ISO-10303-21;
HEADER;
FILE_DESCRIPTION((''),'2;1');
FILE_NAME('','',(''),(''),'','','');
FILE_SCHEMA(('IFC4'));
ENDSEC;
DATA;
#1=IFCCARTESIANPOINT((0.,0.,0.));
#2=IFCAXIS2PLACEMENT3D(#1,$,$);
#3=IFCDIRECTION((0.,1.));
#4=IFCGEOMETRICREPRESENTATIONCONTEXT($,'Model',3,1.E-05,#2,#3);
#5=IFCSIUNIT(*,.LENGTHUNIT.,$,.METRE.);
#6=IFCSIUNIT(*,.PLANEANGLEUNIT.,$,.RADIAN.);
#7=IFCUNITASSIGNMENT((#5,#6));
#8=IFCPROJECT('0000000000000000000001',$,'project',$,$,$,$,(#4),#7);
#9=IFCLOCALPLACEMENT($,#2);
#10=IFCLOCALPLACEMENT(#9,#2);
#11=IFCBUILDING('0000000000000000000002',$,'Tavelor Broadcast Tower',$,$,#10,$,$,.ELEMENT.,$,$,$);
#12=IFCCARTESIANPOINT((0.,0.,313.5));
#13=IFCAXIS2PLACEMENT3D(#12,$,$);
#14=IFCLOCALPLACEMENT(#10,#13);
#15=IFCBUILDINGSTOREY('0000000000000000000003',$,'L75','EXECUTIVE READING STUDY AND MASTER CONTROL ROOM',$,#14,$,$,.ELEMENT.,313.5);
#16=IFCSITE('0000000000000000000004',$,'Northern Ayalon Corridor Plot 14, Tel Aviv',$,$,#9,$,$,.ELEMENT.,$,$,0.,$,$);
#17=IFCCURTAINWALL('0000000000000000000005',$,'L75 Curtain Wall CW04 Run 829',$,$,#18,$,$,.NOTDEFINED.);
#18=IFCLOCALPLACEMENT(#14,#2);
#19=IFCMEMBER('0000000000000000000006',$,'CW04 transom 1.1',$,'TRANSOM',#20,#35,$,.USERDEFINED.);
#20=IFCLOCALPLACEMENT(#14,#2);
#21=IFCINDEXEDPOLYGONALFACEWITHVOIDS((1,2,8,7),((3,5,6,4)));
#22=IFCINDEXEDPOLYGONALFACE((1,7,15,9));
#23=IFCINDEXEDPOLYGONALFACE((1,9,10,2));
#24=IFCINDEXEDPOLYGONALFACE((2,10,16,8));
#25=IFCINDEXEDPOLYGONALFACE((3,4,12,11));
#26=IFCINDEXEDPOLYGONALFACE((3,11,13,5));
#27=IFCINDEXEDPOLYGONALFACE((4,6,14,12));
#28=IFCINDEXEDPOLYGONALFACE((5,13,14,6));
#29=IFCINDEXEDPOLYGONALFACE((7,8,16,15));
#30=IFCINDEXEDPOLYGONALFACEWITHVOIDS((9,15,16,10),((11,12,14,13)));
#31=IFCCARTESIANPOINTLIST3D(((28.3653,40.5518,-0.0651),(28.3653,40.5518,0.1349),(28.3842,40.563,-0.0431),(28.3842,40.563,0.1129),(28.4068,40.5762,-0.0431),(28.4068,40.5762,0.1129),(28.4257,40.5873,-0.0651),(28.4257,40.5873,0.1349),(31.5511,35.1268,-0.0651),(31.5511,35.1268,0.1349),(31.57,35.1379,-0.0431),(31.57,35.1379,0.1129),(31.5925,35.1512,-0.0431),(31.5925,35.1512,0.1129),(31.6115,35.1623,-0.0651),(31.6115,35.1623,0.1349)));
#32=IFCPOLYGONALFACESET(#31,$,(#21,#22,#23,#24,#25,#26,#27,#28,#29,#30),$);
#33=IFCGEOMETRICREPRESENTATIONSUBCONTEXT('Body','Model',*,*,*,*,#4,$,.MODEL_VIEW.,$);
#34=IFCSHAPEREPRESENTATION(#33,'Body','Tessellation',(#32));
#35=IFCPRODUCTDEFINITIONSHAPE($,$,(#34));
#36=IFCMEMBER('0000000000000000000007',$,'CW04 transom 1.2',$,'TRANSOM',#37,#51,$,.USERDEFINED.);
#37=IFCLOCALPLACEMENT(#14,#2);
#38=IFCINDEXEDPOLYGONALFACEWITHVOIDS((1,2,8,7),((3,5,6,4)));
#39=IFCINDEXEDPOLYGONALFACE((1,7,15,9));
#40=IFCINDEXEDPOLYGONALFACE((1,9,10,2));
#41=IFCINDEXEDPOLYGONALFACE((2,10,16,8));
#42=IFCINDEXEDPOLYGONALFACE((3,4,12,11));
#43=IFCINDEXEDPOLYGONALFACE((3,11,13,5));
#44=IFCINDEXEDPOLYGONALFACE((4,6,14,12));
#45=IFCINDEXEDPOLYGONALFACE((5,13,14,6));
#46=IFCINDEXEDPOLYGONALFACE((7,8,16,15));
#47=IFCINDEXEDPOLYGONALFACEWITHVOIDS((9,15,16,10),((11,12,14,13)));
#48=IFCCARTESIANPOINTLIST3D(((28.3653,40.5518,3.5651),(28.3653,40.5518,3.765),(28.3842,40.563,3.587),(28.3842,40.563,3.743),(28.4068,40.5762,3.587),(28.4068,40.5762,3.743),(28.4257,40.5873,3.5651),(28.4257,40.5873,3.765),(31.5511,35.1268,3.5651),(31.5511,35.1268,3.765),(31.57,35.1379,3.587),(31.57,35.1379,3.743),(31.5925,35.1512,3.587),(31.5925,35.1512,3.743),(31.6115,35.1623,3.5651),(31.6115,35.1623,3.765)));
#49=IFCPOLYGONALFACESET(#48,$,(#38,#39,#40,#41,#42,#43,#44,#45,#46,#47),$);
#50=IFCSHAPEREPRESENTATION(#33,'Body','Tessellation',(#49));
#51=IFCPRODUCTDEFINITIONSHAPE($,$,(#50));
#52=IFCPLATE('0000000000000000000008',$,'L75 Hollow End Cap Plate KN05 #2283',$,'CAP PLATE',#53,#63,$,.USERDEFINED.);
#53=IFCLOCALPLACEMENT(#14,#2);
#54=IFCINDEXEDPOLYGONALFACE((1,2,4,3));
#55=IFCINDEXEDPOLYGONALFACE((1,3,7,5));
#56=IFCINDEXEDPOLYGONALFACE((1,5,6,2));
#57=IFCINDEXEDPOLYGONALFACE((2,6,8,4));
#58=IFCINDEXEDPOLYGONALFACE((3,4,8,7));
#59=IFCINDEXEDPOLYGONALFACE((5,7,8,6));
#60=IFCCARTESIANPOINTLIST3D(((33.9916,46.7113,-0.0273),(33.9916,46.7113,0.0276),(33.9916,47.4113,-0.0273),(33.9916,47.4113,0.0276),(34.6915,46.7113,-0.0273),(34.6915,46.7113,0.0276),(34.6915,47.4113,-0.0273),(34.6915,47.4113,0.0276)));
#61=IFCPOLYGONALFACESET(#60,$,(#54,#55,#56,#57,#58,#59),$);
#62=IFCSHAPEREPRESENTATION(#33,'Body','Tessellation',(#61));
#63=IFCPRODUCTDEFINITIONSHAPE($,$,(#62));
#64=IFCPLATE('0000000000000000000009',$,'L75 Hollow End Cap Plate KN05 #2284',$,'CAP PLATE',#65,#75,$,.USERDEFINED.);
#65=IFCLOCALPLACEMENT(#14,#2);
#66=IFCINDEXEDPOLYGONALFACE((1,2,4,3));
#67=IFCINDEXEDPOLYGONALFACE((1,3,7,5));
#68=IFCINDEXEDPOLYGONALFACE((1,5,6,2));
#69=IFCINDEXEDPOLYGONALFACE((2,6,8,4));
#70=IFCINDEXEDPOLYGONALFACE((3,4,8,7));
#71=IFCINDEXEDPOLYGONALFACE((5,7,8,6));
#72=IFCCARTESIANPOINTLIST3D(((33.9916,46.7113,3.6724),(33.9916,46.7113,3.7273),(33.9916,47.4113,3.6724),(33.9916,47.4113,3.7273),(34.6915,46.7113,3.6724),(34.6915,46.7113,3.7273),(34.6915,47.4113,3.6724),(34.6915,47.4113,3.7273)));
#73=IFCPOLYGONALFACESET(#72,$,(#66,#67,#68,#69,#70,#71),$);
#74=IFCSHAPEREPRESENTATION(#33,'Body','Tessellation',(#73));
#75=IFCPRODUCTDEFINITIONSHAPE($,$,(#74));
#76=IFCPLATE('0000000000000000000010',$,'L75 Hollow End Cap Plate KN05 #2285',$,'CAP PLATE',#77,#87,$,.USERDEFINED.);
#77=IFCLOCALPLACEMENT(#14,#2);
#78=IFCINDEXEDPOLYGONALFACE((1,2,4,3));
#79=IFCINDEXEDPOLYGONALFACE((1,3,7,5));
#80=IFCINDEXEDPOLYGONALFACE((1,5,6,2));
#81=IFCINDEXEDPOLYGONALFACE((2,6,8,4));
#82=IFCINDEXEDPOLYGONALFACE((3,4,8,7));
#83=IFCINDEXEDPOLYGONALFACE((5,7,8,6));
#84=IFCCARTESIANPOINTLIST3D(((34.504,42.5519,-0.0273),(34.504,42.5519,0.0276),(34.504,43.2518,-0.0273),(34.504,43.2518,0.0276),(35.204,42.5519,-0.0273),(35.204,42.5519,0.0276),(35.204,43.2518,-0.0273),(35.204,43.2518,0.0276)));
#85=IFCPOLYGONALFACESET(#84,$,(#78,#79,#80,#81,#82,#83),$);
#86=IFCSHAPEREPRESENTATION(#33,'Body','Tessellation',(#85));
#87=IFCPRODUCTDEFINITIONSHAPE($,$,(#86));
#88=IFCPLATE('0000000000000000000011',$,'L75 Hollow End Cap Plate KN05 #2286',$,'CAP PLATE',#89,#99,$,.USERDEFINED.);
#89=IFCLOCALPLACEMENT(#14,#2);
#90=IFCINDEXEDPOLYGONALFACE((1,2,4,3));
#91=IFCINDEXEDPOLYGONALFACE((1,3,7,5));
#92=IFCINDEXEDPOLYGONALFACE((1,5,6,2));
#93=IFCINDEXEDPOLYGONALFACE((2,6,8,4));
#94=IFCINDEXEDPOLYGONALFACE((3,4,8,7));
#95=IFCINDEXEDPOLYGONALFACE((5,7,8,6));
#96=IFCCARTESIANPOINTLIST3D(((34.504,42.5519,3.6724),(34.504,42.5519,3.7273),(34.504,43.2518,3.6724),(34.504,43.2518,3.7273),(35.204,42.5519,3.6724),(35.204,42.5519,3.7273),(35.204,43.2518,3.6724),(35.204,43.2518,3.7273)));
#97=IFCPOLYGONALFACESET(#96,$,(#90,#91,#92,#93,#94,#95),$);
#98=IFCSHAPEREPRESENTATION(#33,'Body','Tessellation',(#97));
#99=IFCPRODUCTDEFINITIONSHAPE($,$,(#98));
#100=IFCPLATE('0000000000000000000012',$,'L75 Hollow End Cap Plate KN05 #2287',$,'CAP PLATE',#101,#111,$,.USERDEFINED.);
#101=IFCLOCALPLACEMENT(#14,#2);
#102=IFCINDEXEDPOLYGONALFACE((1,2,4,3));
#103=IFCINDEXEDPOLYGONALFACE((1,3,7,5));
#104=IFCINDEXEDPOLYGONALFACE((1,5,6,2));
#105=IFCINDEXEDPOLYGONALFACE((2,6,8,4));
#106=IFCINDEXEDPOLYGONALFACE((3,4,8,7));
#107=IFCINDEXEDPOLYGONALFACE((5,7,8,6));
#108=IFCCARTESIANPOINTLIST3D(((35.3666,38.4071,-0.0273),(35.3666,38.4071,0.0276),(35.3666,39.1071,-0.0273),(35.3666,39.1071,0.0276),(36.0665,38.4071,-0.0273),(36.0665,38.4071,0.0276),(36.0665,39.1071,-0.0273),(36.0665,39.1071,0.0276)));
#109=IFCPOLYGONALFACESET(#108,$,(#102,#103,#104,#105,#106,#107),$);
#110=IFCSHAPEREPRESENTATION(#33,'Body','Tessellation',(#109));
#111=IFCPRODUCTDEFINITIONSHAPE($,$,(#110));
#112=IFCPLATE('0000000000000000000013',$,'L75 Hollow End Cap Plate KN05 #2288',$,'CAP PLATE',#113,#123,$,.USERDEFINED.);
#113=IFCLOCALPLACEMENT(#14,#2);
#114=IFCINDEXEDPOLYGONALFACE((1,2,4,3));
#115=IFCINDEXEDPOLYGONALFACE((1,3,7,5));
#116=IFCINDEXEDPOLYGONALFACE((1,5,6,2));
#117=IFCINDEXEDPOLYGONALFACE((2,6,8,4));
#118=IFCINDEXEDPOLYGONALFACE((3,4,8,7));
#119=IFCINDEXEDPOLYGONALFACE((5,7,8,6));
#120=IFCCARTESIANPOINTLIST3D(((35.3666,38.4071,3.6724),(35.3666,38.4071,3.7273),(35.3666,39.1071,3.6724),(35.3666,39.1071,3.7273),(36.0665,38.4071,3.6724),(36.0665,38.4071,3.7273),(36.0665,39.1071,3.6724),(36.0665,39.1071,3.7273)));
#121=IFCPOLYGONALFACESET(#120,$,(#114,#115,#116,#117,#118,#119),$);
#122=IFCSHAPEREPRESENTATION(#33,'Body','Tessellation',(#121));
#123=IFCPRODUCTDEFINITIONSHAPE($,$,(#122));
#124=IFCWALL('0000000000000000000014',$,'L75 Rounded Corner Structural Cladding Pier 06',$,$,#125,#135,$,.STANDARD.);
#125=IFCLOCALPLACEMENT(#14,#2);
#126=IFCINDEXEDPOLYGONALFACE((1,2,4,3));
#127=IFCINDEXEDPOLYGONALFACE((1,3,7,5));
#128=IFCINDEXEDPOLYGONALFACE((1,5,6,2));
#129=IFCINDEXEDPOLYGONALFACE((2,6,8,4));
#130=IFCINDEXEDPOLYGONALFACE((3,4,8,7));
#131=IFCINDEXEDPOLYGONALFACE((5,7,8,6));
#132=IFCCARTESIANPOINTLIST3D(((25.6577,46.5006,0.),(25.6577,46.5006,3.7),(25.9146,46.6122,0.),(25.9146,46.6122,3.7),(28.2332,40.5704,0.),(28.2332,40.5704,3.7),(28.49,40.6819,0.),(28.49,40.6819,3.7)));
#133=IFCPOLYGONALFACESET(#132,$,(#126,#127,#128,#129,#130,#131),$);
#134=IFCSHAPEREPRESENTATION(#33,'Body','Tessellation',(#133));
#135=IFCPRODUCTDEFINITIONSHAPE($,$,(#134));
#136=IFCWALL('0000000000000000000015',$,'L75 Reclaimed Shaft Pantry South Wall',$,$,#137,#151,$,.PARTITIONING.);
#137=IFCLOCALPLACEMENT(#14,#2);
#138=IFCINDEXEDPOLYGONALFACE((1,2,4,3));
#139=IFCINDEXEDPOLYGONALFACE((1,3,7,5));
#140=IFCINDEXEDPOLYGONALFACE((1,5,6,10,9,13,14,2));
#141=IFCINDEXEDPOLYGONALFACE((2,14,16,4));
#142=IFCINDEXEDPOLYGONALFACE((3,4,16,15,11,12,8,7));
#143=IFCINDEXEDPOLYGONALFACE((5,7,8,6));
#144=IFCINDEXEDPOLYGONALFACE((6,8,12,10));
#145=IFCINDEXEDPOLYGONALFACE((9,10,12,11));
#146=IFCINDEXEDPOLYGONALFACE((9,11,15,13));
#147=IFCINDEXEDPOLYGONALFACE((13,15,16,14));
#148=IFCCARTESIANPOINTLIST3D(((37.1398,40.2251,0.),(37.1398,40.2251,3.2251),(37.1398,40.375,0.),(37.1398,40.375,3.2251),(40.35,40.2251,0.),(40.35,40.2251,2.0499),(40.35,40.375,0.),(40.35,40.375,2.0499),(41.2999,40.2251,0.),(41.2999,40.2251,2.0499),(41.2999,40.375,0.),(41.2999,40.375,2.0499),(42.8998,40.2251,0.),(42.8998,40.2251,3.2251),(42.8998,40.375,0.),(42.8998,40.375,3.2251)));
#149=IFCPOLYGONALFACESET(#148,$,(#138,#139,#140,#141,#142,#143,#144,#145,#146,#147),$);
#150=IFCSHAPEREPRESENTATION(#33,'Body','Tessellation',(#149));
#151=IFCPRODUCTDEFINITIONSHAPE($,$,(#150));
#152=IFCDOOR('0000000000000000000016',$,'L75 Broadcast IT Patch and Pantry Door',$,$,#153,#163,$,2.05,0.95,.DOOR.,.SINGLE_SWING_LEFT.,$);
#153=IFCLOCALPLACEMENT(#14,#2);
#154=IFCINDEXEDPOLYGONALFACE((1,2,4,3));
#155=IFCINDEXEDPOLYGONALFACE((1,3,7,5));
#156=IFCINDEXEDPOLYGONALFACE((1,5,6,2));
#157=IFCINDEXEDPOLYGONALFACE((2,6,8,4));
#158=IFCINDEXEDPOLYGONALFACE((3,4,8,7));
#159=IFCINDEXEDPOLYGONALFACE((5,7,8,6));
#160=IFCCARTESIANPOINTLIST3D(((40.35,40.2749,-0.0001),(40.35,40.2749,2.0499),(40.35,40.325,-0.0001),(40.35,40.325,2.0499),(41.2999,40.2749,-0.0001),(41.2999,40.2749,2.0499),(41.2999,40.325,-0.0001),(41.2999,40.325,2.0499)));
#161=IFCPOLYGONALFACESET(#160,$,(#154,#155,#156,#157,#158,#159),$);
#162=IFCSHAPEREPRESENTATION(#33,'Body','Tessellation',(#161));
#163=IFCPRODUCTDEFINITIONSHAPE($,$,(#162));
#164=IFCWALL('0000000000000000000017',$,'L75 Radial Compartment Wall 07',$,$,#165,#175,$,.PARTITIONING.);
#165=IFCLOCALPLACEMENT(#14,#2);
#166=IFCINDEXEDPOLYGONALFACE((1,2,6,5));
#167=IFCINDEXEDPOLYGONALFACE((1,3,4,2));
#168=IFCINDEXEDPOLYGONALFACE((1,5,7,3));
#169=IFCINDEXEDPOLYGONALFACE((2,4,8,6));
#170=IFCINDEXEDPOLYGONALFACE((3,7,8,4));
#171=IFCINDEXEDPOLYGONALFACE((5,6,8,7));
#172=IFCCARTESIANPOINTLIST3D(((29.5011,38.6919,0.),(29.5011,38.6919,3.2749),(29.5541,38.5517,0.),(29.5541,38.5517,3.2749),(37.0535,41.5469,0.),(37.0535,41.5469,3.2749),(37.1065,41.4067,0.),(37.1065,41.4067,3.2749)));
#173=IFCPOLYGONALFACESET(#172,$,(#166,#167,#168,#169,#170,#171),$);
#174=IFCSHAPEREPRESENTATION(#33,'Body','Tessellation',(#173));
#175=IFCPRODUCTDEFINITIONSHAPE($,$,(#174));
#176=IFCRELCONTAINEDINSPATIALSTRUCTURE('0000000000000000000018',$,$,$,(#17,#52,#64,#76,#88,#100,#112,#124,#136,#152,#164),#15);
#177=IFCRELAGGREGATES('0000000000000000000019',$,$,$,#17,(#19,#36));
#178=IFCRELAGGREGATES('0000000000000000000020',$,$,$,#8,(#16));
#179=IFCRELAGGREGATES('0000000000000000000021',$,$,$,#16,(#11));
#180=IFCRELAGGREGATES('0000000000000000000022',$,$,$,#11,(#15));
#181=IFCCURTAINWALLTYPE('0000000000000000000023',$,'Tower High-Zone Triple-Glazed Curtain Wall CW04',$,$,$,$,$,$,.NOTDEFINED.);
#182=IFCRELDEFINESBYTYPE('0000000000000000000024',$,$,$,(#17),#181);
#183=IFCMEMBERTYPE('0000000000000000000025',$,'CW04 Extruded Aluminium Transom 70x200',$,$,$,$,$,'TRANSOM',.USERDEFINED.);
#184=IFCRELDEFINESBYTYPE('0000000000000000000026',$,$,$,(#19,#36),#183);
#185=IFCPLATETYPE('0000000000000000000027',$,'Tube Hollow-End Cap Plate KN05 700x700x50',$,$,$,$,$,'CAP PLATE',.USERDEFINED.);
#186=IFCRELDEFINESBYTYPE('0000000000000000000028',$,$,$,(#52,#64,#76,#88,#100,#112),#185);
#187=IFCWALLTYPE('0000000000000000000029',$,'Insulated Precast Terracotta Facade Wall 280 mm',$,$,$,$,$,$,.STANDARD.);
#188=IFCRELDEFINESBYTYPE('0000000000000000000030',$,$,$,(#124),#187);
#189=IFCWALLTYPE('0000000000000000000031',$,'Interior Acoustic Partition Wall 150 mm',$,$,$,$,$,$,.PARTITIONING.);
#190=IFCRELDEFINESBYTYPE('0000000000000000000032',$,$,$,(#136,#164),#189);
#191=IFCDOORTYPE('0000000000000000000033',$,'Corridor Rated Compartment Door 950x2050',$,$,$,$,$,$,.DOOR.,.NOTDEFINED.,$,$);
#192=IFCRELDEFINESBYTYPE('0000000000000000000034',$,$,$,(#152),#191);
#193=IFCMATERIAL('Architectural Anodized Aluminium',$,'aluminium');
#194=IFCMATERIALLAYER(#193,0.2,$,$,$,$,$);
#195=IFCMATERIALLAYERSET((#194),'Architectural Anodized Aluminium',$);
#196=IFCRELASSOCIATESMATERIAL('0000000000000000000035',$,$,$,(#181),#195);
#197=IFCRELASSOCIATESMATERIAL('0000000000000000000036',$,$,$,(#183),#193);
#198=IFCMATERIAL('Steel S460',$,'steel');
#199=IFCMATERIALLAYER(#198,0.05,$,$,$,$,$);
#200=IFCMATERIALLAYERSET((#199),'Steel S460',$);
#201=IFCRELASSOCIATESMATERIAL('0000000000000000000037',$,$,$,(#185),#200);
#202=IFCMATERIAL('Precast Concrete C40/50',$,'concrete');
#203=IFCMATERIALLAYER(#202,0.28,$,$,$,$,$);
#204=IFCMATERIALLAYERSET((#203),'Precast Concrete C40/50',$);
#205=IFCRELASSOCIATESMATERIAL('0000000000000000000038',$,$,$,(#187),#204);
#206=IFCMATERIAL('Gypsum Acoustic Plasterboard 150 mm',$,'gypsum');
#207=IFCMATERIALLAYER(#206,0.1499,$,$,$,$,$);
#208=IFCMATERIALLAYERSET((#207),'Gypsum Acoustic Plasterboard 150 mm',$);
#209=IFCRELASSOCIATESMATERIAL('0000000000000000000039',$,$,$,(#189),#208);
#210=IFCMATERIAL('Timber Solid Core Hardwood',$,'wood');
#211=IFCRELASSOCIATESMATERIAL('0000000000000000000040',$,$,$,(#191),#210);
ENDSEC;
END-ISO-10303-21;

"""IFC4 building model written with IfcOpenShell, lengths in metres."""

from ifc_helpers import new_model, si_unit, direction, frame, frame_2d, origin, origin_2d, place, context, subcontext, project, spatial, rectangle, hollow_rectangle, extrude, source, transform, mapped, material, layer, layer_set, material_profile, profile_set, type_object, type_shapes, element, fill, aggregate, save


model = new_model("IFC4")

# Units and contexts
model_context = context("Model", 3, precision=1e-05, world=origin(), true_north=direction((0.0, 1.0)))
body_context = subcontext(model_context, "Body", "Model", "MODEL_VIEW")
ifc_project = project(units=[si_unit("LENGTHUNIT", "METRE"), si_unit("PLANEANGLEUNIT", "RADIAN")], contexts=[model_context])

# Site, building, storey
site_placement = place(None, origin())
site = spatial("IfcSite", under=ifc_project, at=site_placement, Name="Northern Ayalon Corridor Plot 14, Tel Aviv", CompositionType="ELEMENT", RefElevation=0.0)
building_placement = place(site_placement, origin())
building = spatial("IfcBuilding", under=site, at=building_placement, Name="Tavelor Broadcast Tower", CompositionType="ELEMENT")
storey_placement = place(building_placement, frame((0.0, 0.0, 313.5)))
storey = spatial("IfcBuildingStorey", under=building, at=storey_placement, Name="L75", Description="EXECUTIVE READING STUDY AND MASTER CONTROL ROOM", CompositionType="ELEMENT", Elevation=313.5)

# Shared definitions
ifc_material_1 = material(Name="Steel S460", Category="steel")

# Curtain wall, members
ifc_material_2 = material(Name="Architectural Anodized Aluminium", Category="aluminium")
ifc_layer_1 = layer(ifc_material_2, 0.2)
ifc_layer_set_1 = layer_set([ifc_layer_1], Name="Architectural Anodized Aluminium")
curtain_wall_type = type_object("IfcCurtainWallType", Name="Tower High-Zone Triple-Glazed Curtain Wall CW04", PredefinedType="NOTDEFINED", material=ifc_layer_set_1)
curtain_wall_placement = place(storey_placement, origin())
curtain_wall = element("IfcCurtainWall", 1, at=curtain_wall_placement, inside=storey, type_object=curtain_wall_type, Name="L75 Curtain Wall CW04 Run 829", PredefinedType="NOTDEFINED")
ifc_material_profile_1 = material_profile(ifc_material_2, hollow_rectangle(XDim=0.0701, YDim=0.2, WallThickness=0.022, at=origin_2d()), Name="RHS 70x200x22")
ifc_profile_set_1 = profile_set([ifc_material_profile_1], Name="Architectural Anodized Aluminium")
member_type_1 = type_object("IfcMemberType", Name="CW04 Extruded Aluminium Transom 70x200", ElementType="TRANSOM", PredefinedType="USERDEFINED", material=ifc_profile_set_1)
shared_shape_1 = source(origin(), body_context, "Body", "SweptSolid", [
    extrude(hollow_rectangle(XDim=0.0701, YDim=0.2, WallThickness=0.022, at=origin_2d()), origin(), (0.0, 0.0, 1.0), 6.2913),
])
type_shapes(member_type_1, [shared_shape_1])
member_1_placement = place(storey_placement, frame((28.3955, 40.5696, 0.0349), z_axis=(0.506381, -0.86231, 0.0), x_axis=(0.86231, 0.506381, 0.0)))
member_1 = element("IfcMember", 2, at=member_1_placement, type_object=member_type_1, Name="CW04 transom 1.1", ObjectType="TRANSOM", PredefinedType="USERDEFINED", context=body_context, shape_type="MappedRepresentation", body=[
    mapped(shared_shape_1, transform((0.0, 0.0, 0.0), scale=1.0)),
])
member_2_placement = place(storey_placement, frame((28.3955, 40.5696, 3.665), z_axis=(0.506381, -0.86231, 0.0), x_axis=(0.86231, 0.506381, 0.0)))
member_2 = element("IfcMember", 3, at=member_2_placement, type_object=member_type_1, Name="CW04 transom 1.2", ObjectType="TRANSOM", PredefinedType="USERDEFINED", context=body_context, shape_type="MappedRepresentation", body=[
    mapped(shared_shape_1, transform((0.0, 0.0, 0.0), scale=1.0)),
])
aggregate(curtain_wall, [member_1, member_2])

# Plates
ifc_layer_2 = layer(ifc_material_1, 0.05)
ifc_layer_set_2 = layer_set([ifc_layer_2], Name="Steel S460")
plate_type = type_object("IfcPlateType", Name="Tube Hollow-End Cap Plate KN05 700x700x50", ElementType="CAP PLATE", PredefinedType="USERDEFINED", material=ifc_layer_set_2)
shared_shape_2 = source(origin(), body_context, "Body", "SweptSolid", [
    extrude(rectangle(XDim=0.7, YDim=0.7, at=origin_2d()), origin(), (0.0, 0.0, 1.0), 0.0549),
])
type_shapes(plate_type, [shared_shape_2])
for number, where, z_axis, x_axis, name in (
    (4, (34.3416, 47.0613, -0.0273), (0.0, 0.0, 1.0), (1.0, 0.0, 0.0), "L75 Hollow End Cap Plate KN05 #2283"),
    (5, (34.3416, 47.0613, 3.6724), (0.0, 0.0, 1.0), (1.0, 0.0, 0.0), "L75 Hollow End Cap Plate KN05 #2284"),
    (6, (34.854, 42.9019, -0.0273), (0.0, 0.0, 1.0), (1.0, 0.0, 0.0), "L75 Hollow End Cap Plate KN05 #2285"),
    (7, (34.854, 42.9019, 3.6724), (0.0, 0.0, 1.0), (1.0, 0.0, 0.0), "L75 Hollow End Cap Plate KN05 #2286"),
    (8, (35.7166, 38.7571, -0.0273), (0.0, 0.0, 1.0), (1.0, 0.0, 0.0), "L75 Hollow End Cap Plate KN05 #2287"),
    (9, (35.7166, 38.7571, 3.6724), (0.0, 0.0, 1.0), (1.0, 0.0, 0.0), "L75 Hollow End Cap Plate KN05 #2288"),
):
    element("IfcPlate", number, at=place(storey_placement, frame(where, z_axis=z_axis, x_axis=x_axis)), inside=storey, type_object=plate_type, Name=name, ObjectType="CAP PLATE", PredefinedType="USERDEFINED", context=body_context, shape_type="MappedRepresentation", body=[
        mapped(shared_shape_2, transform((0.0, 0.0, 0.0), scale=1.0)),
    ])

# Wall
ifc_material_3 = material(Name="Precast Concrete C40/50", Category="concrete")
ifc_layer_3 = layer(ifc_material_3, 0.28)
ifc_layer_set_3 = layer_set([ifc_layer_3], Name="Precast Concrete C40/50")
wall_type_1 = type_object("IfcWallType", Name="Insulated Precast Terracotta Facade Wall 280 mm", PredefinedType="STANDARD", material=ifc_layer_set_3)
wall_1_placement = place(storey_placement, frame((25.7861, 46.5564, 0.0), z_axis=(0.0, 0.0, 1.0), x_axis=(0.398349, -0.917234, 0.0)))
element("IfcWall", 10, at=wall_1_placement, inside=storey, type_object=wall_type_1, Name="L75 Rounded Corner Structural Cladding Pier 06", PredefinedType="STANDARD", context=body_context, shape_type="SweptSolid", body=[
    extrude(rectangle(XDim=6.4653, YDim=0.28, at=frame_2d((3.2327, 0.0))), origin(), (0.0, 0.0, 1.0), 3.7),
])

# Wall, opening, door
ifc_material_4 = material(Name="Gypsum Acoustic Plasterboard 150 mm", Category="gypsum")
ifc_layer_4 = layer(ifc_material_4, 0.1499)
ifc_layer_set_4 = layer_set([ifc_layer_4], Name="Gypsum Acoustic Plasterboard 150 mm")
wall_type_2 = type_object("IfcWallType", Name="Interior Acoustic Partition Wall 150 mm", PredefinedType="PARTITIONING", material=ifc_layer_set_4)
wall_2_placement = place(storey_placement, frame((37.1399, 40.3, 0.0), z_axis=(0.0, 0.0, 1.0), x_axis=(1.0, 0.0, 0.0)))
wall_2 = element("IfcWall", 11, at=wall_2_placement, inside=storey, type_object=wall_type_2, Name="L75 Reclaimed Shaft Pantry South Wall", PredefinedType="PARTITIONING", context=body_context, shape_type="SweptSolid", body=[
    extrude(rectangle(XDim=5.76, YDim=0.1499, at=frame_2d((2.8799, 0.0))), origin(), (0.0, 0.0, 1.0), 3.2251),
])
opening_1_placement = place(wall_2_placement, frame((3.21, 0.0, 0.0)))
opening_1 = element("IfcOpeningElement", 12, at=opening_1_placement, cuts=wall_2, PredefinedType="OPENING", context=body_context, shape_type="SweptSolid", body=[
    extrude(rectangle(XDim=0.95, YDim=2.05, at=frame_2d((0.4751, 1.0249))), frame((0.0, 0.085, 0.0), z_axis=(0.0, -1.0, 0.0), x_axis=(1.0, 0.0, 0.0)), (0.0, 0.0, 1.0), 0.1699),
])
ifc_material_5 = material(Name="Timber Solid Core Hardwood", Category="wood")
door_type_1 = type_object("IfcDoorType", Name="Corridor Rated Compartment Door 950x2050", OperationType="NOTDEFINED", PredefinedType="DOOR", material=ifc_material_5)
door_1_placement = place(opening_1_placement, origin())
door_1 = element("IfcDoor", 13, at=door_1_placement, inside=storey, type_object=door_type_1, Name="L75 Broadcast IT Patch and Pantry Door", OperationType="SINGLE_SWING_LEFT", OverallHeight=2.05, OverallWidth=0.95, PredefinedType="DOOR", context=body_context, shape_type="SweptSolid", body=[
    extrude(rectangle(XDim=0.95, YDim=2.05, at=frame_2d((0.4751, 1.0249))), frame((0.0, 0.0249, 0.0), z_axis=(0.0, -1.0, 0.0), x_axis=(1.0, 0.0, 0.0)), (0.0, 0.0, 1.0), 0.05),
])
fill(opening_1, door_1)

# Wall
wall_3_placement = place(storey_placement, frame((37.0801, 41.4768, 0.0), z_axis=(0.0, 0.0, 1.0), x_axis=(-0.935398, -0.353598, 0.0)))
element("IfcWall", 14, at=wall_3_placement, inside=storey, type_object=wall_type_2, Name="L75 Radial Compartment Wall 07", PredefinedType="PARTITIONING", context=body_context, shape_type="SweptSolid", body=[
    extrude(rectangle(XDim=8.074, YDim=0.1499, at=frame_2d((4.0371, 0.0))), origin(), (0.0, 0.0, 1.0), 3.2749),
])

save(model, "model.ifc")
